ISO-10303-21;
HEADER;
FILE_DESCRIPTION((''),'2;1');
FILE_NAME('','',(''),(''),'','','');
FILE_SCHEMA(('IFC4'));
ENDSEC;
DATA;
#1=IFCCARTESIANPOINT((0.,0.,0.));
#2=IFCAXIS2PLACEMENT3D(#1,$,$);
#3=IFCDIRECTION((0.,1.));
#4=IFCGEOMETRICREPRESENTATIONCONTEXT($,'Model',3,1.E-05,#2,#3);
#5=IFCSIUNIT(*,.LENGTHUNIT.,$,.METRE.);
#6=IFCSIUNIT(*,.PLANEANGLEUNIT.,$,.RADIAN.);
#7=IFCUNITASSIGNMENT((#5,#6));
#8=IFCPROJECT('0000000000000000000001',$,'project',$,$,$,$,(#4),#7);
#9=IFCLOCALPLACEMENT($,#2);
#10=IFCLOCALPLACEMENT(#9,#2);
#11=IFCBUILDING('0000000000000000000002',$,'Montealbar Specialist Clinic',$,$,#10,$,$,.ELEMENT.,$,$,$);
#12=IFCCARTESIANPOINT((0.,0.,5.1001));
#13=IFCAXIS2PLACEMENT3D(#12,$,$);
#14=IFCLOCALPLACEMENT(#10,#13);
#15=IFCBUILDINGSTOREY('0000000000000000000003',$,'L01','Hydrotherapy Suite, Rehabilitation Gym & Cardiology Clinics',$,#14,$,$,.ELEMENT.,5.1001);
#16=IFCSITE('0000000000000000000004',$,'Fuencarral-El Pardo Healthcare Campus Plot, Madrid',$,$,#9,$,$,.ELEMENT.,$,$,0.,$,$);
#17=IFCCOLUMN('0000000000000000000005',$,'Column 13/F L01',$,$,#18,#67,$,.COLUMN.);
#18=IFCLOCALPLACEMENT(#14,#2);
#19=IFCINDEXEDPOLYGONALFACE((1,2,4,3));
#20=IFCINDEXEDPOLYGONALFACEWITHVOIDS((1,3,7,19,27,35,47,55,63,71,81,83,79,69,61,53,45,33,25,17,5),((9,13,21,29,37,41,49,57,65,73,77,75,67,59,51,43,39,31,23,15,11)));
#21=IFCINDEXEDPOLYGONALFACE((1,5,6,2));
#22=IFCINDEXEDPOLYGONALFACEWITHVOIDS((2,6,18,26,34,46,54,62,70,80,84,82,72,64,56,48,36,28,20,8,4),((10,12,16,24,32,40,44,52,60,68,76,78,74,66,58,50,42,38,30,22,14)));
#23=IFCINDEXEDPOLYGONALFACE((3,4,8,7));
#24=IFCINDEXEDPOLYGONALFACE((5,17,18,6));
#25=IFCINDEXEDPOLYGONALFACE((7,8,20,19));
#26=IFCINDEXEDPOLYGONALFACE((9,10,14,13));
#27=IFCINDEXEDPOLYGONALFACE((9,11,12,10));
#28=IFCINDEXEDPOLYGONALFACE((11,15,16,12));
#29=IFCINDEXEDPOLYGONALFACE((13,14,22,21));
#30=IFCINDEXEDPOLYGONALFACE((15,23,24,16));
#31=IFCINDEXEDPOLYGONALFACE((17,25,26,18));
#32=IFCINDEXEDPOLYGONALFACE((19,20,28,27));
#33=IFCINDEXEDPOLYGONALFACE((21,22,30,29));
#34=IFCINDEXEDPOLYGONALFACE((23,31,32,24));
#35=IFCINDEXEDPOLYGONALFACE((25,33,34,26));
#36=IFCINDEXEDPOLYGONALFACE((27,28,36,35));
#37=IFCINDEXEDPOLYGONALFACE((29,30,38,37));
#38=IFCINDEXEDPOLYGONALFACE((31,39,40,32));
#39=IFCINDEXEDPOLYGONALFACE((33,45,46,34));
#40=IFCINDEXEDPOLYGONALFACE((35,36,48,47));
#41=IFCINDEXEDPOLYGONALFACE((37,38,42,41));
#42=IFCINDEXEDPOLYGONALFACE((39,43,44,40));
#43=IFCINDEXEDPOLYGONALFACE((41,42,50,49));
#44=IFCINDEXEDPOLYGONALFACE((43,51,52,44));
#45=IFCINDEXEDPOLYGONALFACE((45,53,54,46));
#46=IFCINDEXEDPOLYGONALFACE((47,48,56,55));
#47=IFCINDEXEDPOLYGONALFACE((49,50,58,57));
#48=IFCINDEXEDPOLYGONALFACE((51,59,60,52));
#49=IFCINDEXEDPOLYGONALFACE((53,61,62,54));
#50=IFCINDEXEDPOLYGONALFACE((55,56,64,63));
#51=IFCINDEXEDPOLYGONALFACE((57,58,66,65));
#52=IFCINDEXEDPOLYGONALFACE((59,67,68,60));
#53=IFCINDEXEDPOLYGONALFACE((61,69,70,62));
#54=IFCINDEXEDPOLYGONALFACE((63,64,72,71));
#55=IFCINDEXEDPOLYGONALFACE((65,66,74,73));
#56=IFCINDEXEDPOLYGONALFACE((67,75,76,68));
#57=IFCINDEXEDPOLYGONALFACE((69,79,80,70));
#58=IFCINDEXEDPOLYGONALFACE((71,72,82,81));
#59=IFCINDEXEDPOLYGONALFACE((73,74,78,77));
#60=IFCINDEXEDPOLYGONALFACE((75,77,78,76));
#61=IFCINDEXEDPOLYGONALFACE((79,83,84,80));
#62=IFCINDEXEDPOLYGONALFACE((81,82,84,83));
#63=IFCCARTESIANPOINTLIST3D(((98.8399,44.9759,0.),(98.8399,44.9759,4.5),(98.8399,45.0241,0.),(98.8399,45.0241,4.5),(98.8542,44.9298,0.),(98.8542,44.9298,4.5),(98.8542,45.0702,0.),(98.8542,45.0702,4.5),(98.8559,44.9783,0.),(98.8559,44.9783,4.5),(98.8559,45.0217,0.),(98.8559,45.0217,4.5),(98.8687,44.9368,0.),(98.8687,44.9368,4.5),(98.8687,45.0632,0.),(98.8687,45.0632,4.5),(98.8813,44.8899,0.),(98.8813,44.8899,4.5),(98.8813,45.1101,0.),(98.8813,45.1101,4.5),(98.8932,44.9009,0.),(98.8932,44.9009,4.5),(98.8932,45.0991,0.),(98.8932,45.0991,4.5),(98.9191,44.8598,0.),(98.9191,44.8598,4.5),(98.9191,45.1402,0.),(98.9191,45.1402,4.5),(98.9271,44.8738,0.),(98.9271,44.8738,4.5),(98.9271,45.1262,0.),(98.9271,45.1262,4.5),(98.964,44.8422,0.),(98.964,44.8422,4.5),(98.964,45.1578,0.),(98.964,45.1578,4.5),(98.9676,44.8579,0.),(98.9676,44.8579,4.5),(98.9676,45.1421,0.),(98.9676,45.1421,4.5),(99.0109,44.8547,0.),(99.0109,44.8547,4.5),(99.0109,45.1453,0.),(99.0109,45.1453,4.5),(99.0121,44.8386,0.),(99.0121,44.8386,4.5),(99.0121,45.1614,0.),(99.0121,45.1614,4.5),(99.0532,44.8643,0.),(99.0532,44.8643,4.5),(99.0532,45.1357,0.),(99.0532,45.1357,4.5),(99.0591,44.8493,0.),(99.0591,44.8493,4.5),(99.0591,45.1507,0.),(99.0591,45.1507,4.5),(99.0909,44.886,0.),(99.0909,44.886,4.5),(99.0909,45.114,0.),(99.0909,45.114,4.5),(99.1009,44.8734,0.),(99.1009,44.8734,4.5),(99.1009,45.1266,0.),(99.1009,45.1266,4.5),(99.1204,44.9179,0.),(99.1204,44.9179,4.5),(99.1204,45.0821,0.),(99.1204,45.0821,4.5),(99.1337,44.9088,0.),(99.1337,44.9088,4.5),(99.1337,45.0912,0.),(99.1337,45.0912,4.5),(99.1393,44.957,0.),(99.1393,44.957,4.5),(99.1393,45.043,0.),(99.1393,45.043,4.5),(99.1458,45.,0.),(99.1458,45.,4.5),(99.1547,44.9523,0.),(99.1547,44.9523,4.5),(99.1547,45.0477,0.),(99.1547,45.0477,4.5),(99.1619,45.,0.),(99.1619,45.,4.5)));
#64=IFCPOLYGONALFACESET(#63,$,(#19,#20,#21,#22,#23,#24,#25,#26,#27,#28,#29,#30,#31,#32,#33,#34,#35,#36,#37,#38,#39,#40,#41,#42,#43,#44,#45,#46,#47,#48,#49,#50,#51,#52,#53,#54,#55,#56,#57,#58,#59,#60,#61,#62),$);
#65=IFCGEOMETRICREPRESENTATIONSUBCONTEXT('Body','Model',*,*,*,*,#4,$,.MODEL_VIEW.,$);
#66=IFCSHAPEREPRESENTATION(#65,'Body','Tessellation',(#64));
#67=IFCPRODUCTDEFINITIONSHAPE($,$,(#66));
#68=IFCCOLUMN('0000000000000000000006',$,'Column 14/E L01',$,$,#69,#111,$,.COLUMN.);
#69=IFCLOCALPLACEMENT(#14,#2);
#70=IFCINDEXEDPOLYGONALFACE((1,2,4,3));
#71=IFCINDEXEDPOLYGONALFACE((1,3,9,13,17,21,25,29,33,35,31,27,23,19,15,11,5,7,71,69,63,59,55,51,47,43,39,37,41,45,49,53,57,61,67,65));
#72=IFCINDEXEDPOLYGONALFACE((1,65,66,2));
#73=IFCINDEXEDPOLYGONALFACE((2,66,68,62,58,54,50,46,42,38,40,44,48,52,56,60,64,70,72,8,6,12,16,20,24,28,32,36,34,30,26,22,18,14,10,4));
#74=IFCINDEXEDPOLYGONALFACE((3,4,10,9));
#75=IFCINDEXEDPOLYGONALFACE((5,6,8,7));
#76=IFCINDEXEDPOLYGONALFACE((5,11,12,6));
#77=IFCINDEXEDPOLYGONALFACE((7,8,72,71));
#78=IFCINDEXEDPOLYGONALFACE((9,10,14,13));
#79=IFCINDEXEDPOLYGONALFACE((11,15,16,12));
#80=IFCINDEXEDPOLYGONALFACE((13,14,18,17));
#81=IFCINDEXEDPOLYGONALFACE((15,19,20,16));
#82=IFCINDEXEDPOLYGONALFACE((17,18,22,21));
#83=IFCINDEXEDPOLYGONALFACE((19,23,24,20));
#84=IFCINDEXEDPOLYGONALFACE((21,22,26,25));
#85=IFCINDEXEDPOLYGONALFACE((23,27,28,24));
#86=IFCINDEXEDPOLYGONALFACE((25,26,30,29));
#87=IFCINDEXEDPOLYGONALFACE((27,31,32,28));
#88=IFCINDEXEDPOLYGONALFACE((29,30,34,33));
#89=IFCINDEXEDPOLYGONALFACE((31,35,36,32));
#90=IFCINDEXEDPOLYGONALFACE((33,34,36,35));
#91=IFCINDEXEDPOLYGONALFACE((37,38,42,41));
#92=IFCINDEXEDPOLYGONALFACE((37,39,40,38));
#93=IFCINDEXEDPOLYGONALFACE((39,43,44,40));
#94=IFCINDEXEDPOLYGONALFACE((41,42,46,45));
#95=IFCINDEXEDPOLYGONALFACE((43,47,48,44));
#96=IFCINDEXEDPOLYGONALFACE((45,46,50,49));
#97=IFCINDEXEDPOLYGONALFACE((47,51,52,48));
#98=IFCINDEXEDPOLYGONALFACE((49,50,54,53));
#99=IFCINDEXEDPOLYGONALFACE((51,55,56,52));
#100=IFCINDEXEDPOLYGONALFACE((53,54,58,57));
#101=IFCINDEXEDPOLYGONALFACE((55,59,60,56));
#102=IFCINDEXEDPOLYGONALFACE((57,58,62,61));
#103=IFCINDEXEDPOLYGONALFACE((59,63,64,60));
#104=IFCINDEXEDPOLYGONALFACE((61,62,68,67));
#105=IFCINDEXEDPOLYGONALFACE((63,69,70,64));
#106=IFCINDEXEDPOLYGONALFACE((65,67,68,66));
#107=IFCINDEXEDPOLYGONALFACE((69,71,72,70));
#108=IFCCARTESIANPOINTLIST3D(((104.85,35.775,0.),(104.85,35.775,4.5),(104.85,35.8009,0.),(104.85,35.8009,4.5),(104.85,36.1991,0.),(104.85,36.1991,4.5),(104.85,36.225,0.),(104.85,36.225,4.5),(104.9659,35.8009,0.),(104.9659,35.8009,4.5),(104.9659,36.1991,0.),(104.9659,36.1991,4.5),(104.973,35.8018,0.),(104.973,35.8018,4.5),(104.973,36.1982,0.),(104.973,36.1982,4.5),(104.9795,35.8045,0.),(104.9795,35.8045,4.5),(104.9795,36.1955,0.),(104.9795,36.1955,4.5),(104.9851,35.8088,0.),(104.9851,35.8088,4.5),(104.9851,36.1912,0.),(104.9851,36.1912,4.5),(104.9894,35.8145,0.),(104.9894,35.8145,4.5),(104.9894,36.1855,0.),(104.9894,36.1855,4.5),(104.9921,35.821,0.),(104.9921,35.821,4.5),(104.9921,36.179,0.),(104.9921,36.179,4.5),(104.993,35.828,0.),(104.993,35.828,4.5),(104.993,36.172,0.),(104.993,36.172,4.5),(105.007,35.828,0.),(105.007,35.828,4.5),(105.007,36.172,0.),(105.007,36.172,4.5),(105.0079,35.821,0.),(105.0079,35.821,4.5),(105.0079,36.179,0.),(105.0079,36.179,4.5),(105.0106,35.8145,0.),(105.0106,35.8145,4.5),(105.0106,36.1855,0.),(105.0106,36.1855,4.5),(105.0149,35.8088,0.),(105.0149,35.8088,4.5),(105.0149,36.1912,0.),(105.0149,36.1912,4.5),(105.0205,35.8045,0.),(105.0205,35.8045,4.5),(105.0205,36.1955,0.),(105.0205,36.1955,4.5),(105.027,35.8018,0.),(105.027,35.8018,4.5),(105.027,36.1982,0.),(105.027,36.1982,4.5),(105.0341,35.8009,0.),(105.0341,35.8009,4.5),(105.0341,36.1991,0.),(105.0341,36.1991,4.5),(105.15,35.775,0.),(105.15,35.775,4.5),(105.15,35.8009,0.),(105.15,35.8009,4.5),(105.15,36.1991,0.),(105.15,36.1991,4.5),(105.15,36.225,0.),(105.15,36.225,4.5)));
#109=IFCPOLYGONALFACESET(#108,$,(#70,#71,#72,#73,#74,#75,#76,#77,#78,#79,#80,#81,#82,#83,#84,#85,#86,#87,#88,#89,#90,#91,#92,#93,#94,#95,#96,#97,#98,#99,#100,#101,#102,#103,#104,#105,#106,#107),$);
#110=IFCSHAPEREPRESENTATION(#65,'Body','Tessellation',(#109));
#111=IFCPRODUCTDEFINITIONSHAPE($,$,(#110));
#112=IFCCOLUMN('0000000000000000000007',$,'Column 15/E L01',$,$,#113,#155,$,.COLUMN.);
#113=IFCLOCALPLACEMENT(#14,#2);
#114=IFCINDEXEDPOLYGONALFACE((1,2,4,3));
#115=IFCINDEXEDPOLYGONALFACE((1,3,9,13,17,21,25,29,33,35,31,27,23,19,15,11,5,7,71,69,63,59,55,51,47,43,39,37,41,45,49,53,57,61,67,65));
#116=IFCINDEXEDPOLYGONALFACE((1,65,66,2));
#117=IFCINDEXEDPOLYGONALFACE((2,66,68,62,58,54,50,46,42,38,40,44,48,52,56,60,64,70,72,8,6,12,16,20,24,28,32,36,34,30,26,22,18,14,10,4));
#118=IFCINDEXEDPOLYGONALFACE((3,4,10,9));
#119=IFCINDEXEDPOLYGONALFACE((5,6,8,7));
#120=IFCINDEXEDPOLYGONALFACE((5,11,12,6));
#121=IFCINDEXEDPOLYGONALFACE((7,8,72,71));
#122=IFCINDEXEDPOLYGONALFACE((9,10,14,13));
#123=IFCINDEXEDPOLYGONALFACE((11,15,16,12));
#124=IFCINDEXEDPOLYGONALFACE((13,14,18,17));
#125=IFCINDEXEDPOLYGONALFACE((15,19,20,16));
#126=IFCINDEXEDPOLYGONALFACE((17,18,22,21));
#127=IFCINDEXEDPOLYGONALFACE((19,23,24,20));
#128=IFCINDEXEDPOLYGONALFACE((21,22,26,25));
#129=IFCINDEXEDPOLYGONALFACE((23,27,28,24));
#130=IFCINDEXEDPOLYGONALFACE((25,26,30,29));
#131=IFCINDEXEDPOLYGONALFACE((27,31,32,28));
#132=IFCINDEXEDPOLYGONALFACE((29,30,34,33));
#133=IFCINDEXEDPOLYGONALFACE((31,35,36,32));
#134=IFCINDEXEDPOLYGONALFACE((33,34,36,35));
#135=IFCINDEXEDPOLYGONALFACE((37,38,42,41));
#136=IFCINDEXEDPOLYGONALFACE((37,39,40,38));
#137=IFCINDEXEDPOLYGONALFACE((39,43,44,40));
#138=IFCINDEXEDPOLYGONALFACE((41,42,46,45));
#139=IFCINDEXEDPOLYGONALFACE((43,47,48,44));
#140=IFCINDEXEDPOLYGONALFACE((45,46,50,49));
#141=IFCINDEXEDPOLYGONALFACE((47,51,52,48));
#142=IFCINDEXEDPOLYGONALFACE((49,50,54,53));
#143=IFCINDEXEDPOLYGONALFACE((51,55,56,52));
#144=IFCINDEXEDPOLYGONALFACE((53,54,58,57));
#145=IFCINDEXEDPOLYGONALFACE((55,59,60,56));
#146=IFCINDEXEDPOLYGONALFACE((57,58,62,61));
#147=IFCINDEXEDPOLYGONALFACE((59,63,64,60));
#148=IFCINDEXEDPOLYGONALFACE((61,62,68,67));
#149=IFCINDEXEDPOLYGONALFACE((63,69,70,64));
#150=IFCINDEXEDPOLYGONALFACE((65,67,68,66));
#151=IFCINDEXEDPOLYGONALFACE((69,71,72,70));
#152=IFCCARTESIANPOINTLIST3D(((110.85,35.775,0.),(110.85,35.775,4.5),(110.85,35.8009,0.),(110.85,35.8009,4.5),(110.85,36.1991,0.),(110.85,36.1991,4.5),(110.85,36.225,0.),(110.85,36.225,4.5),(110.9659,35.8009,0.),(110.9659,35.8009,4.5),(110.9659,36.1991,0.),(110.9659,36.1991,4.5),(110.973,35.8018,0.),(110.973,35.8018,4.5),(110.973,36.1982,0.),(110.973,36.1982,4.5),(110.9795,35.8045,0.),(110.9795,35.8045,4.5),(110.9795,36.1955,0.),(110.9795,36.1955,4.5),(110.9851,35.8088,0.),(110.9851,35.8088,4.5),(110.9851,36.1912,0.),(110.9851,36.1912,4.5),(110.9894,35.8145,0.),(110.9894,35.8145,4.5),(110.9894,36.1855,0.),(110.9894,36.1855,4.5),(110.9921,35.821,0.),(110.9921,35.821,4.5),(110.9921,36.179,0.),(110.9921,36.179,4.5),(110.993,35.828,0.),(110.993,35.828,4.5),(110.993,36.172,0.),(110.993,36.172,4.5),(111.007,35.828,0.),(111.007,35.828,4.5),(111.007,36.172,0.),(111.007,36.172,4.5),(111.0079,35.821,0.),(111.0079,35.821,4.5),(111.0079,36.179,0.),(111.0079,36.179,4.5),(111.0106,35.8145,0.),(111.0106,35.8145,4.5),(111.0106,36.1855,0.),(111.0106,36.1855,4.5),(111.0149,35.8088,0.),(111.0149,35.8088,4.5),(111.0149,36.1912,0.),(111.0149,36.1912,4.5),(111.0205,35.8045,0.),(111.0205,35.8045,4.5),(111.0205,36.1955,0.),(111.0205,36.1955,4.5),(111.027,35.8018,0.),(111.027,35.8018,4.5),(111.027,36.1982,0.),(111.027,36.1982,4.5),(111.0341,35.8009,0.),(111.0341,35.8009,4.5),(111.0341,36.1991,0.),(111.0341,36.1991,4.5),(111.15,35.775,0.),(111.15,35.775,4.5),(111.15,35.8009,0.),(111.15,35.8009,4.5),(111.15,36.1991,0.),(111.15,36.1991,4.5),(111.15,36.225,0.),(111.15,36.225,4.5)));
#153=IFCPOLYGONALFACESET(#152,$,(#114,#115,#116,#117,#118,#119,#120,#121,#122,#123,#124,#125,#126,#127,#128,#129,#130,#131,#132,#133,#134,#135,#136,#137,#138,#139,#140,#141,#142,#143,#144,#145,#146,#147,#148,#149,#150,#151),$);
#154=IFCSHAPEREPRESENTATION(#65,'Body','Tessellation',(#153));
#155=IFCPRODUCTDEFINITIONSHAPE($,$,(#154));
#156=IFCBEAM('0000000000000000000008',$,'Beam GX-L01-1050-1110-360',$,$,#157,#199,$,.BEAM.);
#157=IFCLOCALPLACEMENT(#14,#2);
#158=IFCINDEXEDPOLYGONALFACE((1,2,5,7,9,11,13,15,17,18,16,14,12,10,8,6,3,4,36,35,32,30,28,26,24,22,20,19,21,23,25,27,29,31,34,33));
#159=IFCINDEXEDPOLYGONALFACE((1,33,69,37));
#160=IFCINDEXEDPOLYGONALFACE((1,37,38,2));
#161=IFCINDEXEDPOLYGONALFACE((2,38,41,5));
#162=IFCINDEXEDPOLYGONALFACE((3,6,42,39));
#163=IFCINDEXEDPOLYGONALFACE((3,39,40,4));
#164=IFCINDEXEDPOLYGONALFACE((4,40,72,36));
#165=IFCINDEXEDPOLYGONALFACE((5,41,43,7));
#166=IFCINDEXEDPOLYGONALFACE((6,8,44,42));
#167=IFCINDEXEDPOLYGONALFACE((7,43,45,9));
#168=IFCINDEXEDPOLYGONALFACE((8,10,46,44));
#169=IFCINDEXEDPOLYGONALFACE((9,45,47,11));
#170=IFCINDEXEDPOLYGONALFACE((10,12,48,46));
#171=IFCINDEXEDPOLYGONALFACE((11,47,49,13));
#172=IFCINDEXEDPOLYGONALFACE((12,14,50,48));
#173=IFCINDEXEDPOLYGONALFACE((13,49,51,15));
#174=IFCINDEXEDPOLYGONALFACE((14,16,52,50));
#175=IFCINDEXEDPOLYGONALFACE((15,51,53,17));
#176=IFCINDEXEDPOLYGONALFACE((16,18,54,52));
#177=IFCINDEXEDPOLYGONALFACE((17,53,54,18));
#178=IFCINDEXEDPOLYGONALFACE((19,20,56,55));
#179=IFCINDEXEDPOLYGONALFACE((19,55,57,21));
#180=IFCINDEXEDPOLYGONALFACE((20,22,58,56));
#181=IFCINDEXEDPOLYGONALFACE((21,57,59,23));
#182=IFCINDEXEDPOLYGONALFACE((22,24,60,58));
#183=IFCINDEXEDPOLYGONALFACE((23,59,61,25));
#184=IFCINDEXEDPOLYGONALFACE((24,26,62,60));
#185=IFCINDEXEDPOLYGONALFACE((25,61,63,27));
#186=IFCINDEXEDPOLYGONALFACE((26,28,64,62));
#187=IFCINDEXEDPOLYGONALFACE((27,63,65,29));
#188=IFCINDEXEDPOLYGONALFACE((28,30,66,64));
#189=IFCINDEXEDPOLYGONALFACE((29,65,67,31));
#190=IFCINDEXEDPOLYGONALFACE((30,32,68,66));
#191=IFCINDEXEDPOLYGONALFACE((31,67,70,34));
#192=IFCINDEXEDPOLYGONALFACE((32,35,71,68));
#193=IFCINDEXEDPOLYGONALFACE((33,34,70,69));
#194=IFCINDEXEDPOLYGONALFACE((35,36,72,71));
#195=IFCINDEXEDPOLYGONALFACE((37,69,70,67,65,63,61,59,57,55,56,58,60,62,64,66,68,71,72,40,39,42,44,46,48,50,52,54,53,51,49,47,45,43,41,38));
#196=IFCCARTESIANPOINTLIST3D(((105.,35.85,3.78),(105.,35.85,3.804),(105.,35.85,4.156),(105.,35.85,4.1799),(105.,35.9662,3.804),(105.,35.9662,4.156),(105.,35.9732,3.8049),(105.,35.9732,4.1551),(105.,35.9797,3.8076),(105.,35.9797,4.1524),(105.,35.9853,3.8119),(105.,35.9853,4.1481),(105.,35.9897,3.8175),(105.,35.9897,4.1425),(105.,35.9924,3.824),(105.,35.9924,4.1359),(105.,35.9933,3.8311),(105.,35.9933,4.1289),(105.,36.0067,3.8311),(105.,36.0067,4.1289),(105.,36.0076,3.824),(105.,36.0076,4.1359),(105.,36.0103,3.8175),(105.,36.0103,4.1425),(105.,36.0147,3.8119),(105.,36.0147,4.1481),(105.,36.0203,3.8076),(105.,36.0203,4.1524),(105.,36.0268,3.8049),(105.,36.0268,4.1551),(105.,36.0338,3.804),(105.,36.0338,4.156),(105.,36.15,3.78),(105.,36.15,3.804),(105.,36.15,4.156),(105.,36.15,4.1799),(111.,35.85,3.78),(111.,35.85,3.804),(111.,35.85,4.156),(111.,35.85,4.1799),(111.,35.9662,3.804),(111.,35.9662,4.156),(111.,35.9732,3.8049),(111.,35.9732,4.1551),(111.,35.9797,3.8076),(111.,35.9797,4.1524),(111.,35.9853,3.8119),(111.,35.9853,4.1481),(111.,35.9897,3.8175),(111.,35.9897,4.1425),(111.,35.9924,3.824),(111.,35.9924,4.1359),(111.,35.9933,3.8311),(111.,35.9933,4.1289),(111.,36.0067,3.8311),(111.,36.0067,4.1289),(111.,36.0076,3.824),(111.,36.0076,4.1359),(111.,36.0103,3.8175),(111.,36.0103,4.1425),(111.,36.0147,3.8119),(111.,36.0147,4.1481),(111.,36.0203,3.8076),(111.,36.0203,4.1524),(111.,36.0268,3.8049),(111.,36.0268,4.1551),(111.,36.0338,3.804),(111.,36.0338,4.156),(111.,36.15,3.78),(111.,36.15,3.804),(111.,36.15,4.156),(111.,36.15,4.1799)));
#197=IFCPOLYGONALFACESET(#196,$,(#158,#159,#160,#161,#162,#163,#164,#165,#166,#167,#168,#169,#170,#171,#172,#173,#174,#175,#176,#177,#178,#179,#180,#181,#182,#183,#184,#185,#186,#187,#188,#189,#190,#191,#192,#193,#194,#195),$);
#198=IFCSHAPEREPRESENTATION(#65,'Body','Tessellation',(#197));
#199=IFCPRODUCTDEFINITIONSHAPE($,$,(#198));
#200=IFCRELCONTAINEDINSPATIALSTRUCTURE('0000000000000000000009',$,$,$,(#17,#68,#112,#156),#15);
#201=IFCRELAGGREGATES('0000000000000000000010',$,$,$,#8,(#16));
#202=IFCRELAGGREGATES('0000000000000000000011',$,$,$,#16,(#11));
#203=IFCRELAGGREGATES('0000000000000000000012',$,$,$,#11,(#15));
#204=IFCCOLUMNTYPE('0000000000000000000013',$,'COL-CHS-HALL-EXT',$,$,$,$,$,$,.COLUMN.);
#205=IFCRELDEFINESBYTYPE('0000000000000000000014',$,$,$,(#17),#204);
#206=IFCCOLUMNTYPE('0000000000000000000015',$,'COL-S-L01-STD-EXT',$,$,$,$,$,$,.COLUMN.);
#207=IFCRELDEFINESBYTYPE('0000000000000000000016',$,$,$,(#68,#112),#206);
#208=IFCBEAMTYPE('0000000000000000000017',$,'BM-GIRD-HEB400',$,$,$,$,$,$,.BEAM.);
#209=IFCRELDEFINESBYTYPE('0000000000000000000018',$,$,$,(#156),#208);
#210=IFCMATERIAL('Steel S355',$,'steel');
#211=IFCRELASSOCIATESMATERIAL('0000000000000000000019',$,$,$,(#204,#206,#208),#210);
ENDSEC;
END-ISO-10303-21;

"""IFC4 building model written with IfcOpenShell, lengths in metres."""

from ifc_helpers import new_model, si_unit, direction, frame, origin, origin_2d, place, context, subcontext, project, spatial, hollow_circle, i_section, extrude, material, material_profile, profile_set, type_object, element, save


model = new_model("IFC4")

# Units and contexts
model_context = context("Model", 3, precision=1e-05, world=origin(), true_north=direction((0.0, 1.0)))
body_context = subcontext(model_context, "Body", "Model", "MODEL_VIEW")
ifc_project = project(units=[si_unit("LENGTHUNIT", "METRE"), si_unit("PLANEANGLEUNIT", "RADIAN")], contexts=[model_context])

# Site, building, storey
site_placement = place(None, origin())
site = spatial("IfcSite", under=ifc_project, at=site_placement, Name="Fuencarral-El Pardo Healthcare Campus Plot, Madrid", CompositionType="ELEMENT", RefElevation=0.0)
building_placement = place(site_placement, origin())
building = spatial("IfcBuilding", under=site, at=building_placement, Name="Montealbar Specialist Clinic", CompositionType="ELEMENT")
storey_placement = place(building_placement, frame((0.0, 0.0, 5.1001)))
storey = spatial("IfcBuildingStorey", under=building, at=storey_placement, Name="L01", Description="Hydrotherapy Suite, Rehabilitation Gym & Cardiology Clinics", CompositionType="ELEMENT", Elevation=5.1001)

# Columns
ifc_material_1 = material(Name="Steel S355", Category="steel")
ifc_material_profile_1 = material_profile(ifc_material_1, hollow_circle(Radius=0.1619, WallThickness=0.0161, at=origin_2d()), Name="CHS 323.9x16.0", Category="steel")
ifc_profile_set_1 = profile_set([ifc_material_profile_1], Name="Steel S355")
column_type_1 = type_object("IfcColumnType", Name="COL-CHS-HALL-EXT", PredefinedType="COLUMN", material=ifc_profile_set_1)
column_placement = place(storey_placement, frame((99.0, 45.0, 0.0), z_axis=(0.0, 0.0, 1.0), x_axis=(1.0, 0.0, 0.0)))
element("IfcColumn", 1, at=column_placement, inside=storey, type_object=column_type_1, Name="Column 13/F L01", PredefinedType="COLUMN", context=body_context, shape_type="SweptSolid", body=[
    extrude(hollow_circle(Radius=0.1619, WallThickness=0.0161, at=origin_2d()), origin(), (0.0, 0.0, 1.0), 4.5),
])
ifc_material_profile_2 = material_profile(ifc_material_1, i_section(OverallWidth=0.3, OverallDepth=0.45, WebThickness=0.0139, FlangeThickness=0.0259, FilletRadius=0.0271, at=origin_2d()), Name="HEB 450", Category="steel")
ifc_profile_set_2 = profile_set([ifc_material_profile_2], Name="Steel S355")
column_type_2 = type_object("IfcColumnType", Name="COL-S-L01-STD-EXT", PredefinedType="COLUMN", material=ifc_profile_set_2)
for number, where, z_axis, x_axis, name in (
    (2, (105.0, 36.0, 0.0), (0.0, 0.0, 1.0), (1.0, 0.0, 0.0), "Column 14/E L01"),
    (3, (111.0, 36.0, 0.0), (0.0, 0.0, 1.0), (1.0, 0.0, 0.0), "Column 15/E L01"),
):
    element("IfcColumn", number, at=place(storey_placement, frame(where, z_axis=z_axis, x_axis=x_axis)), inside=storey, type_object=column_type_2, Name=name, PredefinedType="COLUMN", context=body_context, shape_type="SweptSolid", body=[
        extrude(i_section(OverallWidth=0.3, OverallDepth=0.45, WebThickness=0.0139, FlangeThickness=0.0259, FilletRadius=0.0271, at=origin_2d()), origin(), (0.0, 0.0, 1.0), 4.5),
    ])

# Beam
ifc_material_profile_3 = material_profile(ifc_material_1, i_section(OverallWidth=0.3, OverallDepth=0.3999, WebThickness=0.0134, FlangeThickness=0.0239, FilletRadius=0.0271, at=origin_2d()), Name="HEB 400", Category="steel")
ifc_profile_set_3 = profile_set([ifc_material_profile_3], Name="Steel S355")
beam_type_1 = type_object("IfcBeamType", Name="BM-GIRD-HEB400", PredefinedType="BEAM", material=ifc_profile_set_3)
beam_1_placement = place(storey_placement, frame((105.0, 36.0, 3.98), z_axis=(1.0, 0.0, 0.0), x_axis=(0.0, 1.0, 0.0)))
element("IfcBeam", 4, at=beam_1_placement, inside=storey, type_object=beam_type_1, Name="Beam GX-L01-1050-1110-360", PredefinedType="BEAM", context=body_context, shape_type="SweptSolid", body=[
    extrude(i_section(OverallWidth=0.3, OverallDepth=0.3999, WebThickness=0.0134, FlangeThickness=0.0239, FilletRadius=0.0271, at=origin_2d()), origin(), (0.0, 0.0, 1.0), 6.0),
])

save(model, "model.ifc")
